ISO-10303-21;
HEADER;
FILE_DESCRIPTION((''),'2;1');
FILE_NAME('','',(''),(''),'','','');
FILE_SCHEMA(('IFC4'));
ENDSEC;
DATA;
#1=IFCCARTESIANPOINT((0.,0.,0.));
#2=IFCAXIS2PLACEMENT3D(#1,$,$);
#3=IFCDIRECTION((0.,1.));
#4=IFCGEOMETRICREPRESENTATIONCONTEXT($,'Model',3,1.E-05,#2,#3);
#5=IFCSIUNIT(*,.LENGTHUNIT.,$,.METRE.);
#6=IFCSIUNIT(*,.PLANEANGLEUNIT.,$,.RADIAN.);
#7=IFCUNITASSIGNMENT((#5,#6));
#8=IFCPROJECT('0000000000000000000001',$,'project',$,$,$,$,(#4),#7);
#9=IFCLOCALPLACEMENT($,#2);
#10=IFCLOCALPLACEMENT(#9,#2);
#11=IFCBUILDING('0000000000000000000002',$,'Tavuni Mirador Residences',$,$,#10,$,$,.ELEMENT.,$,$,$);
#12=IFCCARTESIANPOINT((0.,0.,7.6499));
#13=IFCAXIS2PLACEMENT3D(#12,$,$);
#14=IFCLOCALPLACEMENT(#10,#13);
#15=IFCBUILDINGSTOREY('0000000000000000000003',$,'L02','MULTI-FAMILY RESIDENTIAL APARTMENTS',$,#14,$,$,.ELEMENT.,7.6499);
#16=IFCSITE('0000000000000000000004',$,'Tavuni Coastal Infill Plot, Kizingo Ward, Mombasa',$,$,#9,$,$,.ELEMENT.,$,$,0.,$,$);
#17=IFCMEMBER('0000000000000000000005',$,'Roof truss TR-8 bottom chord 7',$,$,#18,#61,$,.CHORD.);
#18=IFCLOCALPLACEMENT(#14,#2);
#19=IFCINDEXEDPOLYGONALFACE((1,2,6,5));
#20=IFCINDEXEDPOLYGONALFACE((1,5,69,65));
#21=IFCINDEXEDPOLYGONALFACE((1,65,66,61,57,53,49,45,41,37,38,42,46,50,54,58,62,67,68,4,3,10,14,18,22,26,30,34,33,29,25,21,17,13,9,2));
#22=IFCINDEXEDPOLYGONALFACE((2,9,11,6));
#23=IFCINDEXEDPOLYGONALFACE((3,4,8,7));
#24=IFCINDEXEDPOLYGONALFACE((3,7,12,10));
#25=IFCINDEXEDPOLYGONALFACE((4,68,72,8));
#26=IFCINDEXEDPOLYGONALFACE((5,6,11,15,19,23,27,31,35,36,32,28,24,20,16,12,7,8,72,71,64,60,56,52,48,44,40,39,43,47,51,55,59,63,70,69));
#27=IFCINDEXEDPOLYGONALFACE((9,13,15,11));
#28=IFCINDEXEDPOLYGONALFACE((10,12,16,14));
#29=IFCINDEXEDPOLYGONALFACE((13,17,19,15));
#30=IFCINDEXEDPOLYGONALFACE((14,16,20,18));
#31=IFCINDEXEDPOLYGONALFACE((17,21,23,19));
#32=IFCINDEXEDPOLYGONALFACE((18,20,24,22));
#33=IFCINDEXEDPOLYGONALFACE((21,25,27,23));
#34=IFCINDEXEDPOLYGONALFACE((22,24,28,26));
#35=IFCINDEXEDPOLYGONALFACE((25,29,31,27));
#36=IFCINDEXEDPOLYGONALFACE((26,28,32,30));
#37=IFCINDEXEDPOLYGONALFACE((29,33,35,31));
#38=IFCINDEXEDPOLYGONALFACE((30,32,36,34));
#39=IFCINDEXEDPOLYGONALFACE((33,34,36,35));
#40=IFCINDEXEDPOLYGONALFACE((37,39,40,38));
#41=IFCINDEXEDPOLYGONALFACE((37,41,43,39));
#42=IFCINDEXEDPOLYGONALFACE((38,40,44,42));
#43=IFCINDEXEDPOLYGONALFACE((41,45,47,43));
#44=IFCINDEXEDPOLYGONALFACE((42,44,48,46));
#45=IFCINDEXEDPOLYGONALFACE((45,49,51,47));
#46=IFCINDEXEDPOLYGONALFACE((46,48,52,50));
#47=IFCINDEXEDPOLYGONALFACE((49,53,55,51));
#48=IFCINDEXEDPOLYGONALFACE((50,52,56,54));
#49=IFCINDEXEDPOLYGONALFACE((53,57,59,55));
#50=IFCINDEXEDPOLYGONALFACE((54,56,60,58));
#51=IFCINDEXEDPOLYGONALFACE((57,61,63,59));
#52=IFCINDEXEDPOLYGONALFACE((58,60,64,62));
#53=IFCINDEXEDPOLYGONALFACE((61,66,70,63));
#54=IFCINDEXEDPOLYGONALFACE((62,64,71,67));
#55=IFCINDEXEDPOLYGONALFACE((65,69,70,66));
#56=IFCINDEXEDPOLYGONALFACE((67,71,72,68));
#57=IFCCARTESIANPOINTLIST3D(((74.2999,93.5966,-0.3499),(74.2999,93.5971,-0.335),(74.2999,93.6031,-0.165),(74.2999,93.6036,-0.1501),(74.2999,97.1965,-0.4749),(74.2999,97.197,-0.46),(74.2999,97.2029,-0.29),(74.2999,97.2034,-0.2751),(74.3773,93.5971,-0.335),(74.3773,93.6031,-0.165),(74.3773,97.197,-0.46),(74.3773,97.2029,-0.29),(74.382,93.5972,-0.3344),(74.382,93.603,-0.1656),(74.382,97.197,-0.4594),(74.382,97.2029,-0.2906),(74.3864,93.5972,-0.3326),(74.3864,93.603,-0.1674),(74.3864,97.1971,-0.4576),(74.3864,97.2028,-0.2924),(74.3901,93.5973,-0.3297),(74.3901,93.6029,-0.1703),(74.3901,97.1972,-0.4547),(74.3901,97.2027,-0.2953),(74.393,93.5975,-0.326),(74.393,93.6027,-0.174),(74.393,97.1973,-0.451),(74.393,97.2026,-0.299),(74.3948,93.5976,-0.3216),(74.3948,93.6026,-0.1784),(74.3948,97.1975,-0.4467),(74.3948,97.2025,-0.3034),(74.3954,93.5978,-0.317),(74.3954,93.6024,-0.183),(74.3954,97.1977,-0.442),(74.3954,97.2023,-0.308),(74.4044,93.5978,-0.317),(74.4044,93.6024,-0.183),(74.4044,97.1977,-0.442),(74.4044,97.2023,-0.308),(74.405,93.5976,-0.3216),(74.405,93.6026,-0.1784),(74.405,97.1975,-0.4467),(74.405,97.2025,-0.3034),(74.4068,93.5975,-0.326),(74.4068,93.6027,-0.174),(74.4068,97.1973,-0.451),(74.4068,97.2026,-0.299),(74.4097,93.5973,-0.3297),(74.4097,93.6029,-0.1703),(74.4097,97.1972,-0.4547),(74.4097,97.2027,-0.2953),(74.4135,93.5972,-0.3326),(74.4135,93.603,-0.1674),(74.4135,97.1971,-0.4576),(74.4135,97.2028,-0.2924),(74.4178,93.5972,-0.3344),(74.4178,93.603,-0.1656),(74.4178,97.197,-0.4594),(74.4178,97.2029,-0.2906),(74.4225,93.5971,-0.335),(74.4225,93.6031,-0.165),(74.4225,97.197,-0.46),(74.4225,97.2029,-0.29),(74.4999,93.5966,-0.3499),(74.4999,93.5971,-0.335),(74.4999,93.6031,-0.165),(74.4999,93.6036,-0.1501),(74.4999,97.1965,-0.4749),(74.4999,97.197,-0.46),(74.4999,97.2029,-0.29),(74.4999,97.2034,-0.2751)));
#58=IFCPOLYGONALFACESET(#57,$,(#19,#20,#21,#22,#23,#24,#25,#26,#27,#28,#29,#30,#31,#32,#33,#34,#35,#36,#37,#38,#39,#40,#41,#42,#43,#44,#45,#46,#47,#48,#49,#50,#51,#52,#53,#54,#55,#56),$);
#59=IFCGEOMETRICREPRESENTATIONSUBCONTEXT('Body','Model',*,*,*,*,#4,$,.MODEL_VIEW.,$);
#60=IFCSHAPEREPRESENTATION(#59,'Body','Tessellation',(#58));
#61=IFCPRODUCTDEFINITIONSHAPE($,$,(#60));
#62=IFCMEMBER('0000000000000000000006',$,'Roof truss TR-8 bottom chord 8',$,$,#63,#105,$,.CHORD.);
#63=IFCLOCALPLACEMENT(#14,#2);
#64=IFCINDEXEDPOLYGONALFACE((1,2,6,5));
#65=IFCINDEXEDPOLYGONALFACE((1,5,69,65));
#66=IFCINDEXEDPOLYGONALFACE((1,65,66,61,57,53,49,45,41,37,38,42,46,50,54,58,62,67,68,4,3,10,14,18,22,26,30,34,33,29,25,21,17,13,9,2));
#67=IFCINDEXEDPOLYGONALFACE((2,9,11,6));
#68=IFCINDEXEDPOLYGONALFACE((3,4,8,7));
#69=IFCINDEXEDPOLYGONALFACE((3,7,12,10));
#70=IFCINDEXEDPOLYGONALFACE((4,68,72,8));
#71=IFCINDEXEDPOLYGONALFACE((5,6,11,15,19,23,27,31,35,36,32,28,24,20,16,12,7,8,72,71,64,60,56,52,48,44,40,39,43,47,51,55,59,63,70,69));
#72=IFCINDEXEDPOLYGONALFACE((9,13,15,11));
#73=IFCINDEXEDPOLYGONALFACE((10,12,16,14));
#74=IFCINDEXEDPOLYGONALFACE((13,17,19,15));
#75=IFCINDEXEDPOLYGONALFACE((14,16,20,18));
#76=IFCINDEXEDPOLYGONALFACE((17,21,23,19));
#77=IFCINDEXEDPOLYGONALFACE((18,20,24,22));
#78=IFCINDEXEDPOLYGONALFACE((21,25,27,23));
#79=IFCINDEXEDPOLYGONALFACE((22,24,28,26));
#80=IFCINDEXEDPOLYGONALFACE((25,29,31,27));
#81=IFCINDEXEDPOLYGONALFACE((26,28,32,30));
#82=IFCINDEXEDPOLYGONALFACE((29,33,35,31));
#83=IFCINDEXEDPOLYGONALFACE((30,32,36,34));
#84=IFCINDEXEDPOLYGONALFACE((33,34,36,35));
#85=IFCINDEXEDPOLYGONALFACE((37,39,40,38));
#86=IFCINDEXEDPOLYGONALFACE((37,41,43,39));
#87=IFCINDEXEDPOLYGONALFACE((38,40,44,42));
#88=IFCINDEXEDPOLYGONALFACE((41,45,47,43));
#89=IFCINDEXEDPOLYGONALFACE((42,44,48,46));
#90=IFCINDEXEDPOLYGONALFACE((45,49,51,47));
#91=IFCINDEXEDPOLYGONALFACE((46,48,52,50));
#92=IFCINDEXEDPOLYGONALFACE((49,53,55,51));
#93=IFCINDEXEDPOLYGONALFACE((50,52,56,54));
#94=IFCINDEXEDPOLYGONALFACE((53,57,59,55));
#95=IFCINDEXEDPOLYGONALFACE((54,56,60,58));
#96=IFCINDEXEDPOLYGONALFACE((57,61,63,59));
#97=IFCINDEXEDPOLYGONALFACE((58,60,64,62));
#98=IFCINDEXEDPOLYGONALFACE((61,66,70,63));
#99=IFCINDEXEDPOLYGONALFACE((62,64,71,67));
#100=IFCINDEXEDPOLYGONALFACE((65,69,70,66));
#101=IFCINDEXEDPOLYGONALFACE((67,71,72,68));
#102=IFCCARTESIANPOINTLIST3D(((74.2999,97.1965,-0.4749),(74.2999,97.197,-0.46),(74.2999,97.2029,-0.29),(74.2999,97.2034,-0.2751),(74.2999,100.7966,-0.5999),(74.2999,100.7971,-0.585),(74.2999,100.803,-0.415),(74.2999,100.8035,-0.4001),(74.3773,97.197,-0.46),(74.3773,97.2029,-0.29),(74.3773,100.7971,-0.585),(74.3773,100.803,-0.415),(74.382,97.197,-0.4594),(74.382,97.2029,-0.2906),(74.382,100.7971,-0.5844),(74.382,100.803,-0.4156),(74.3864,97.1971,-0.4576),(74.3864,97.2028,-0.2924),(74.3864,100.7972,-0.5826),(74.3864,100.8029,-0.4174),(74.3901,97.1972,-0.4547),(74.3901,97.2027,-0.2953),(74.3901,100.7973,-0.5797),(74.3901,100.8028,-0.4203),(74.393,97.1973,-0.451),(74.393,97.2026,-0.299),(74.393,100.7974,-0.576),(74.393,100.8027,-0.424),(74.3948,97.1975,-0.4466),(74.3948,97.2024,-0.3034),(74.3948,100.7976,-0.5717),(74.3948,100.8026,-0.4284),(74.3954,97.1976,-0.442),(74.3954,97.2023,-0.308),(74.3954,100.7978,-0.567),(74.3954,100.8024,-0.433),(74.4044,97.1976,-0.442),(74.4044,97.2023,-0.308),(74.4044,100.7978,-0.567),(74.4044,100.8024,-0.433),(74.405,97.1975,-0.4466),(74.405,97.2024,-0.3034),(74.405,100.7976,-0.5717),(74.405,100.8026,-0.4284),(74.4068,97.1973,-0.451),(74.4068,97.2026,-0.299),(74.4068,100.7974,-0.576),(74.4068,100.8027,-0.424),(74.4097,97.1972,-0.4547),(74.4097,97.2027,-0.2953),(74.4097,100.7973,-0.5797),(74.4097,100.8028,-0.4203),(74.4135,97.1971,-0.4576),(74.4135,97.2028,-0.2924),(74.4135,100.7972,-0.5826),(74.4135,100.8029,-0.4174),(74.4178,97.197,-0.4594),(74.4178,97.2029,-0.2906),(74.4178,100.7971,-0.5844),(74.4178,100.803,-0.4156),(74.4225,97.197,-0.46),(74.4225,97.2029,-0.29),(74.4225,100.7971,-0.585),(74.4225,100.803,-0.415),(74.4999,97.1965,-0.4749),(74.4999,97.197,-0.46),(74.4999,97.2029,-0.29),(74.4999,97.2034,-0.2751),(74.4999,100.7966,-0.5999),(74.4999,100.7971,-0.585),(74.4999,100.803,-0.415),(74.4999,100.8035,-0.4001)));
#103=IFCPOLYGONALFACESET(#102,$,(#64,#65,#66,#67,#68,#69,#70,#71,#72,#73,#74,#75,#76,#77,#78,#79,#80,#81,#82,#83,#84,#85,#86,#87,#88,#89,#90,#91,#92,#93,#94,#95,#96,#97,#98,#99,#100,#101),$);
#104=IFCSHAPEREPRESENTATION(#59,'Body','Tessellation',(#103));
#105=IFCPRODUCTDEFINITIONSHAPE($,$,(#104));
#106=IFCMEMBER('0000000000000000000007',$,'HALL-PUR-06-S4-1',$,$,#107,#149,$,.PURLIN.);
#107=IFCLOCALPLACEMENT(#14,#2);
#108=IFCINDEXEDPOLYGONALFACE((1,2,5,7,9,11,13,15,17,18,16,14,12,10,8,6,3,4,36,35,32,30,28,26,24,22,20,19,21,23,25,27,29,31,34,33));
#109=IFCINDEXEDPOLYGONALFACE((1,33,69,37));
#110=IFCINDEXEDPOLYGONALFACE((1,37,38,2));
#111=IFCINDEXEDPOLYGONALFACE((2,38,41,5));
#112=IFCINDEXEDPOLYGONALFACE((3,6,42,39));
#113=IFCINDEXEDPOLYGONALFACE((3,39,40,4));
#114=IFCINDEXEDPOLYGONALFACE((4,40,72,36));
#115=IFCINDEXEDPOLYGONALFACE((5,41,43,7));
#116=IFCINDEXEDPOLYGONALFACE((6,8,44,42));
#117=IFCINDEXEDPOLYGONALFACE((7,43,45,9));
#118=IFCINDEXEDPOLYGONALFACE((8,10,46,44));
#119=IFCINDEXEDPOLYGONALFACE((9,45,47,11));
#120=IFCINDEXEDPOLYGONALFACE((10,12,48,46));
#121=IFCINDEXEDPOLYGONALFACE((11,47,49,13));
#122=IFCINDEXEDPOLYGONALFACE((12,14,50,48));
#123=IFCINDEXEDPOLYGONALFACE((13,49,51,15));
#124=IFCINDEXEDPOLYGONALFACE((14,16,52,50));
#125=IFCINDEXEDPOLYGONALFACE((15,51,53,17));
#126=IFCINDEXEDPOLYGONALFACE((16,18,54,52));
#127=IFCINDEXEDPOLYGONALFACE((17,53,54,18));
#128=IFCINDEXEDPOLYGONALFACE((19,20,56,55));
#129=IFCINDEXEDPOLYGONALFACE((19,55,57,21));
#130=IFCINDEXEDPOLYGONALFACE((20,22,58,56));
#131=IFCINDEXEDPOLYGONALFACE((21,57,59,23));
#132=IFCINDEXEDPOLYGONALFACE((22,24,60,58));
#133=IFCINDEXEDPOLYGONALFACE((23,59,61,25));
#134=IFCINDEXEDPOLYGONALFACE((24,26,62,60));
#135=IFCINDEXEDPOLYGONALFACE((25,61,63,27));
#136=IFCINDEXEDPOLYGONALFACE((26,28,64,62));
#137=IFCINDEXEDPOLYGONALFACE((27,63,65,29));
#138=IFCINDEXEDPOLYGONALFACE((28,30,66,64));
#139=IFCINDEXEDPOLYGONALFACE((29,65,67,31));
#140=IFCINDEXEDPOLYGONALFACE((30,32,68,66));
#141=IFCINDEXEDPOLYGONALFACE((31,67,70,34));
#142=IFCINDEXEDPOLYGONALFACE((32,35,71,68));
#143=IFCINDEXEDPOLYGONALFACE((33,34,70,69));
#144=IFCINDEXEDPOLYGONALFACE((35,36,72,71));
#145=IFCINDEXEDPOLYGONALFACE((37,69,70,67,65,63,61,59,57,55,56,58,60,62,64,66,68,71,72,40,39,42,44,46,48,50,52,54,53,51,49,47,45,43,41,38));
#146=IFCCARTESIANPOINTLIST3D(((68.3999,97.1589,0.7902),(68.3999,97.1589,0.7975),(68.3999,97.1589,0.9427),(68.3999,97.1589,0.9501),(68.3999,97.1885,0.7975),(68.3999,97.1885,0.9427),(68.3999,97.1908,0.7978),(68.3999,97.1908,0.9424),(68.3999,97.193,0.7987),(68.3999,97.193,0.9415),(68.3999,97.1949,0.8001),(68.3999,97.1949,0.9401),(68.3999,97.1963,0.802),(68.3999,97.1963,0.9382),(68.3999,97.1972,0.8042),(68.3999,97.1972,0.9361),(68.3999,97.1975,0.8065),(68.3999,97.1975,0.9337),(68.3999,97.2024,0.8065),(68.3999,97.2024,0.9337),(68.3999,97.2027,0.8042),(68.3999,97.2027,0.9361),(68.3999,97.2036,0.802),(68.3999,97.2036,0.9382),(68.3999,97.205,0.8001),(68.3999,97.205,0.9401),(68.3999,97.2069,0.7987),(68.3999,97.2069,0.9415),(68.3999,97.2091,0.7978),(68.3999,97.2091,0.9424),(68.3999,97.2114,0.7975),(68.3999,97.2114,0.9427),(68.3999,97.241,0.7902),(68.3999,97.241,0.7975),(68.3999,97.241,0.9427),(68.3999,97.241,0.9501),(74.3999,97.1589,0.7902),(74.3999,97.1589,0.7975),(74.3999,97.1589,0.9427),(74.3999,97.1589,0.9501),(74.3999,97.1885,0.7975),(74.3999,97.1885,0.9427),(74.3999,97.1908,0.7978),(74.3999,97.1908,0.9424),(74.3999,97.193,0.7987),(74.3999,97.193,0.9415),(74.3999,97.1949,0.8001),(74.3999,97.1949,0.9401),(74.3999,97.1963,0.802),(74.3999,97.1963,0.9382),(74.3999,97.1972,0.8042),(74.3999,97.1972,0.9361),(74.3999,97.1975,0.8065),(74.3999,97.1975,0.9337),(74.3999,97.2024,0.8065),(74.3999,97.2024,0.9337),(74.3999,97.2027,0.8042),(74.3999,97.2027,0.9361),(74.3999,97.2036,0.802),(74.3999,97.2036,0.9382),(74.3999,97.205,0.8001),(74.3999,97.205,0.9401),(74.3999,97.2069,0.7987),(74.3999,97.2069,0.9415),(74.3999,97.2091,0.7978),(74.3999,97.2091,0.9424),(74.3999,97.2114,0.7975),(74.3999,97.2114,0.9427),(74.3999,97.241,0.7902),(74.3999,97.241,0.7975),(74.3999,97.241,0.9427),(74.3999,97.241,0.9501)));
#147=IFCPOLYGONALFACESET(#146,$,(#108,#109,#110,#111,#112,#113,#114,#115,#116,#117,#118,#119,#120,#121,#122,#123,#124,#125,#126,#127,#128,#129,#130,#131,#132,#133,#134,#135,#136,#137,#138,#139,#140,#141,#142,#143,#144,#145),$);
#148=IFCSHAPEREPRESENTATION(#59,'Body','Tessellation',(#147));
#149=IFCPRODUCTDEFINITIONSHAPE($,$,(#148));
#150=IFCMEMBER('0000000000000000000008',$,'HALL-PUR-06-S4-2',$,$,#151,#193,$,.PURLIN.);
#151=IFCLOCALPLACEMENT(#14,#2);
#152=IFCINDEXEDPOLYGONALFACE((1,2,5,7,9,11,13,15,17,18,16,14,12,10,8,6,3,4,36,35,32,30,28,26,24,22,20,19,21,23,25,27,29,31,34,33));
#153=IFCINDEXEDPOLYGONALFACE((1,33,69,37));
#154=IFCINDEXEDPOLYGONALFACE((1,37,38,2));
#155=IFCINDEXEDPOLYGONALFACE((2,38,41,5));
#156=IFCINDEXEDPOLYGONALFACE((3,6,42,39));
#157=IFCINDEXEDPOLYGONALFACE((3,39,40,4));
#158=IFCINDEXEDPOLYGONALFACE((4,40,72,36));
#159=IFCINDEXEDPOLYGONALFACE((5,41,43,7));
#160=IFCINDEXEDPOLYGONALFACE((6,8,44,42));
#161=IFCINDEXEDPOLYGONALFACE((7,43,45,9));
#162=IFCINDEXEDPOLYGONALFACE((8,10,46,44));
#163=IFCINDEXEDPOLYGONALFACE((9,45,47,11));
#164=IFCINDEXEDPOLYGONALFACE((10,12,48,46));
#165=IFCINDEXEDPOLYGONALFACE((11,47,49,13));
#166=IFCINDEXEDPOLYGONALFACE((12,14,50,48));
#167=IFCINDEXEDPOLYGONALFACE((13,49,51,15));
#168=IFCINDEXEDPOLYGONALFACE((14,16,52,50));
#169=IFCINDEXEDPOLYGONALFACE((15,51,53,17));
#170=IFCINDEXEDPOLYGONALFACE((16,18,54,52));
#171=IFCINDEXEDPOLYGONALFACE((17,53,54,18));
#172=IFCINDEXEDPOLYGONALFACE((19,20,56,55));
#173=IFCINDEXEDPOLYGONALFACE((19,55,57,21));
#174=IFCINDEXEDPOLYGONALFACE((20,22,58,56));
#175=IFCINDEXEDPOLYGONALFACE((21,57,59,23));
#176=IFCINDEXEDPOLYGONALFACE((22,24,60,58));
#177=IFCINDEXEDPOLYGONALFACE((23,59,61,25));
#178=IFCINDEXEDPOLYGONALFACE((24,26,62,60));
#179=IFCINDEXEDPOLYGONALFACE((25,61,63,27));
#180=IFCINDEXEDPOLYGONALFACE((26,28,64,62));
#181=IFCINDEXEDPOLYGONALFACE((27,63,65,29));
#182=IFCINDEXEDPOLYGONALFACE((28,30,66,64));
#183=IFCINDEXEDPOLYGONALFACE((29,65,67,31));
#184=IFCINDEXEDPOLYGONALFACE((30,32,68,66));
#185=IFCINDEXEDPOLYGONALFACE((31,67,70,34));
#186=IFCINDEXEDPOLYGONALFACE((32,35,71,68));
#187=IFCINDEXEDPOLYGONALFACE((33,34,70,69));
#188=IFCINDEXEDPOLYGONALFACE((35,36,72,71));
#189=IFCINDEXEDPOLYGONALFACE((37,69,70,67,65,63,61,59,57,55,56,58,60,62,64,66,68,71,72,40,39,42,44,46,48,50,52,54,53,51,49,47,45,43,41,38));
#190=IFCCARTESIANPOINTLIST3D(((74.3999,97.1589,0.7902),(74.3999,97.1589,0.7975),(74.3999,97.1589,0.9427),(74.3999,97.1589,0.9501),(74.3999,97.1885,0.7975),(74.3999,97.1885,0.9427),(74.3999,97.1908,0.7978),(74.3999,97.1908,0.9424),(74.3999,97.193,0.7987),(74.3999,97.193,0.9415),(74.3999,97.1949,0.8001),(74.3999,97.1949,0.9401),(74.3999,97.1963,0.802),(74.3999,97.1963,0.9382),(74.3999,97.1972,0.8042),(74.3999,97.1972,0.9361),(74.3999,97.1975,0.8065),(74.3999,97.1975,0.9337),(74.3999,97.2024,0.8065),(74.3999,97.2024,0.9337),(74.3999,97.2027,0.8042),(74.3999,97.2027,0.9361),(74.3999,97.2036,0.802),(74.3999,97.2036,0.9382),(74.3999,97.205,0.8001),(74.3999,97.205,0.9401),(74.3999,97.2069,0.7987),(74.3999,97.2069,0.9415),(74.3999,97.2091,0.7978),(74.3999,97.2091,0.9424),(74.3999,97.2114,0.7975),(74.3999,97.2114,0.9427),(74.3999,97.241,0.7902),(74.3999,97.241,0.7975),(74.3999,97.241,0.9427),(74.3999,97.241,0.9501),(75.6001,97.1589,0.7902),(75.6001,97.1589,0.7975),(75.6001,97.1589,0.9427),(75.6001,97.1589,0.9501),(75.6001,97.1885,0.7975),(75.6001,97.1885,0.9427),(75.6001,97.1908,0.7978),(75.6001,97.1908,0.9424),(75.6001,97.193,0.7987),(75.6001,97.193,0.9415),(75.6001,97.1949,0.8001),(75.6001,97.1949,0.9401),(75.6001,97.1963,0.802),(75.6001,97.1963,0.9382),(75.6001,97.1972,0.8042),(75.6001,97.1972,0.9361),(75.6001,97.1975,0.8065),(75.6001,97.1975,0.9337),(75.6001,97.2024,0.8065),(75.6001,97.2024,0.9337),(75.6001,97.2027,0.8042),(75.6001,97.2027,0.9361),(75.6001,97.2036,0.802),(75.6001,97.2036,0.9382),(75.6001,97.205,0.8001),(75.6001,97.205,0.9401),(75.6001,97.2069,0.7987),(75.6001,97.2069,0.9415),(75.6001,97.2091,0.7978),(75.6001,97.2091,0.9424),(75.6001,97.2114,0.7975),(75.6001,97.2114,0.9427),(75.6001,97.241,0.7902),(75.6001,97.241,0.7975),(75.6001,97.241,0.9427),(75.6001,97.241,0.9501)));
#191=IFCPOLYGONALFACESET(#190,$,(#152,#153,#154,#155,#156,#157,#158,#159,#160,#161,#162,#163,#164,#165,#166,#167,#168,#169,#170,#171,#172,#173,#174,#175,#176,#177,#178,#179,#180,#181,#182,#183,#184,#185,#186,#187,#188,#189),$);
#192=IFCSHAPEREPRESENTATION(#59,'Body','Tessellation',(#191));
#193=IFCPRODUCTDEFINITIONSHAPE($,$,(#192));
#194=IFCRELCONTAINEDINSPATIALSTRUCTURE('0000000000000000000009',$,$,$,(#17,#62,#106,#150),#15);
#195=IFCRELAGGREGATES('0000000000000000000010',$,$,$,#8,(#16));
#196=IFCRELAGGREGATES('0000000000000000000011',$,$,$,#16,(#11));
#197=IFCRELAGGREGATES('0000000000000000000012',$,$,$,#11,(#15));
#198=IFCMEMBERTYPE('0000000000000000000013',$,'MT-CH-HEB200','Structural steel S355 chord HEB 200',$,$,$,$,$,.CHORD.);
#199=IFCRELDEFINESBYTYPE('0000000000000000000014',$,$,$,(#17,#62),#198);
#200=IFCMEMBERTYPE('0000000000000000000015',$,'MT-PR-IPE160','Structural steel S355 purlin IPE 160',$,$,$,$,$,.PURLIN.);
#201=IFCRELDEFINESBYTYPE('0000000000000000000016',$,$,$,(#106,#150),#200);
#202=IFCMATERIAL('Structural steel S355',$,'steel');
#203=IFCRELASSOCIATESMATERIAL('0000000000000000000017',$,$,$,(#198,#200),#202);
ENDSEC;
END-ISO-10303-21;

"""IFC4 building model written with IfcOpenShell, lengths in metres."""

from ifc_helpers import new_model, si_unit, direction, frame, origin, origin_2d, place, context, subcontext, project, spatial, i_section, extrude, material, material_profile, profile_set, type_object, element, save


model = new_model("IFC4")

# Units and contexts
model_context = context("Model", 3, precision=1e-05, world=origin(), true_north=direction((0.0, 1.0)))
body_context = subcontext(model_context, "Body", "Model", "MODEL_VIEW")
ifc_project = project(units=[si_unit("LENGTHUNIT", "METRE"), si_unit("PLANEANGLEUNIT", "RADIAN")], contexts=[model_context])

# Site, building, storey
site_placement = place(None, origin())
site = spatial("IfcSite", under=ifc_project, at=site_placement, Name="Tavuni Coastal Infill Plot, Kizingo Ward, Mombasa", CompositionType="ELEMENT", RefElevation=0.0)
building_placement = place(site_placement, origin())
building = spatial("IfcBuilding", under=site, at=building_placement, Name="Tavuni Mirador Residences", CompositionType="ELEMENT")
storey_placement = place(building_placement, frame((0.0, 0.0, 7.6499)))
storey = spatial("IfcBuildingStorey", under=building, at=storey_placement, Name="L02", Description="MULTI-FAMILY RESIDENTIAL APARTMENTS", CompositionType="ELEMENT", Elevation=7.6499)

# Members
ifc_material_1 = material(Name="Structural steel S355", Category="steel")
ifc_material_profile_1 = material_profile(ifc_material_1, i_section(OverallWidth=0.2, OverallDepth=0.2, WebThickness=0.009, FlangeThickness=0.0149, FilletRadius=0.0181, at=origin_2d()), Name="HEB 200", Category="steel")
ifc_profile_set_1 = profile_set([ifc_material_profile_1], Name="Structural steel S355")
member_type_1 = type_object("IfcMemberType", Name="MT-CH-HEB200", Description="Structural steel S355 chord HEB 200", PredefinedType="CHORD", material=ifc_profile_set_1)
member_1_placement = place(storey_placement, frame((74.3999, 93.6001, -0.25), z_axis=(0.0, 0.999398, -0.034703), x_axis=(-1.0, 0.0, 0.0)))
element("IfcMember", 1, at=member_1_placement, inside=storey, type_object=member_type_1, Name="Roof truss TR-8 bottom chord 7", PredefinedType="CHORD", context=body_context, shape_type="SweptSolid", body=[
    extrude(i_section(OverallWidth=0.2, OverallDepth=0.2, WebThickness=0.009, FlangeThickness=0.0149, FilletRadius=0.0181, at=origin_2d()), origin(), (0.0, 0.0, 1.0), 3.6021),
])
member_2_placement = place(storey_placement, frame((74.3999, 97.2, -0.375), z_axis=(0.0, 0.999398, -0.0347), x_axis=(-1.0, 0.0, 0.0)))
element("IfcMember", 2, at=member_2_placement, inside=storey, type_object=member_type_1, Name="Roof truss TR-8 bottom chord 8", PredefinedType="CHORD", context=body_context, shape_type="SweptSolid", body=[
    extrude(i_section(OverallWidth=0.2, OverallDepth=0.2, WebThickness=0.009, FlangeThickness=0.0149, FilletRadius=0.0181, at=origin_2d()), origin(), (0.0, 0.0, 1.0), 3.6023),
])
ifc_material_profile_2 = material_profile(ifc_material_1, i_section(OverallWidth=0.082, OverallDepth=0.1599, WebThickness=0.0049, FlangeThickness=0.0073, FilletRadius=0.009, at=origin_2d()), Name="IPE 160", Category="steel")
ifc_profile_set_2 = profile_set([ifc_material_profile_2], Name="Structural steel S355")
member_type_2 = type_object("IfcMemberType", Name="MT-PR-IPE160", Description="Structural steel S355 purlin IPE 160", PredefinedType="PURLIN", material=ifc_profile_set_2)
member_3_placement = place(storey_placement, frame((68.3999, 97.2, 0.8701), z_axis=(1.0, 0.0, 0.0), x_axis=(0.0, 1.0, 0.0)))
element("IfcMember", 3, at=member_3_placement, inside=storey, type_object=member_type_2, Name="HALL-PUR-06-S4-1", PredefinedType="PURLIN", context=body_context, shape_type="SweptSolid", body=[
    extrude(i_section(OverallWidth=0.082, OverallDepth=0.1599, WebThickness=0.0049, FlangeThickness=0.0073, FilletRadius=0.009, at=origin_2d()), origin(), (0.0, 0.0, 1.0), 6.0),
])
member_4_placement = place(storey_placement, frame((74.3999, 97.2, 0.8701), z_axis=(1.0, 0.0, 0.0), x_axis=(0.0, 1.0, 0.0)))
element("IfcMember", 4, at=member_4_placement, inside=storey, type_object=member_type_2, Name="HALL-PUR-06-S4-2", PredefinedType="PURLIN", context=body_context, shape_type="SweptSolid", body=[
    extrude(i_section(OverallWidth=0.082, OverallDepth=0.1599, WebThickness=0.0049, FlangeThickness=0.0073, FilletRadius=0.009, at=origin_2d()), origin(), (0.0, 0.0, 1.0), 1.2002),
])

save(model, "model.ifc")
